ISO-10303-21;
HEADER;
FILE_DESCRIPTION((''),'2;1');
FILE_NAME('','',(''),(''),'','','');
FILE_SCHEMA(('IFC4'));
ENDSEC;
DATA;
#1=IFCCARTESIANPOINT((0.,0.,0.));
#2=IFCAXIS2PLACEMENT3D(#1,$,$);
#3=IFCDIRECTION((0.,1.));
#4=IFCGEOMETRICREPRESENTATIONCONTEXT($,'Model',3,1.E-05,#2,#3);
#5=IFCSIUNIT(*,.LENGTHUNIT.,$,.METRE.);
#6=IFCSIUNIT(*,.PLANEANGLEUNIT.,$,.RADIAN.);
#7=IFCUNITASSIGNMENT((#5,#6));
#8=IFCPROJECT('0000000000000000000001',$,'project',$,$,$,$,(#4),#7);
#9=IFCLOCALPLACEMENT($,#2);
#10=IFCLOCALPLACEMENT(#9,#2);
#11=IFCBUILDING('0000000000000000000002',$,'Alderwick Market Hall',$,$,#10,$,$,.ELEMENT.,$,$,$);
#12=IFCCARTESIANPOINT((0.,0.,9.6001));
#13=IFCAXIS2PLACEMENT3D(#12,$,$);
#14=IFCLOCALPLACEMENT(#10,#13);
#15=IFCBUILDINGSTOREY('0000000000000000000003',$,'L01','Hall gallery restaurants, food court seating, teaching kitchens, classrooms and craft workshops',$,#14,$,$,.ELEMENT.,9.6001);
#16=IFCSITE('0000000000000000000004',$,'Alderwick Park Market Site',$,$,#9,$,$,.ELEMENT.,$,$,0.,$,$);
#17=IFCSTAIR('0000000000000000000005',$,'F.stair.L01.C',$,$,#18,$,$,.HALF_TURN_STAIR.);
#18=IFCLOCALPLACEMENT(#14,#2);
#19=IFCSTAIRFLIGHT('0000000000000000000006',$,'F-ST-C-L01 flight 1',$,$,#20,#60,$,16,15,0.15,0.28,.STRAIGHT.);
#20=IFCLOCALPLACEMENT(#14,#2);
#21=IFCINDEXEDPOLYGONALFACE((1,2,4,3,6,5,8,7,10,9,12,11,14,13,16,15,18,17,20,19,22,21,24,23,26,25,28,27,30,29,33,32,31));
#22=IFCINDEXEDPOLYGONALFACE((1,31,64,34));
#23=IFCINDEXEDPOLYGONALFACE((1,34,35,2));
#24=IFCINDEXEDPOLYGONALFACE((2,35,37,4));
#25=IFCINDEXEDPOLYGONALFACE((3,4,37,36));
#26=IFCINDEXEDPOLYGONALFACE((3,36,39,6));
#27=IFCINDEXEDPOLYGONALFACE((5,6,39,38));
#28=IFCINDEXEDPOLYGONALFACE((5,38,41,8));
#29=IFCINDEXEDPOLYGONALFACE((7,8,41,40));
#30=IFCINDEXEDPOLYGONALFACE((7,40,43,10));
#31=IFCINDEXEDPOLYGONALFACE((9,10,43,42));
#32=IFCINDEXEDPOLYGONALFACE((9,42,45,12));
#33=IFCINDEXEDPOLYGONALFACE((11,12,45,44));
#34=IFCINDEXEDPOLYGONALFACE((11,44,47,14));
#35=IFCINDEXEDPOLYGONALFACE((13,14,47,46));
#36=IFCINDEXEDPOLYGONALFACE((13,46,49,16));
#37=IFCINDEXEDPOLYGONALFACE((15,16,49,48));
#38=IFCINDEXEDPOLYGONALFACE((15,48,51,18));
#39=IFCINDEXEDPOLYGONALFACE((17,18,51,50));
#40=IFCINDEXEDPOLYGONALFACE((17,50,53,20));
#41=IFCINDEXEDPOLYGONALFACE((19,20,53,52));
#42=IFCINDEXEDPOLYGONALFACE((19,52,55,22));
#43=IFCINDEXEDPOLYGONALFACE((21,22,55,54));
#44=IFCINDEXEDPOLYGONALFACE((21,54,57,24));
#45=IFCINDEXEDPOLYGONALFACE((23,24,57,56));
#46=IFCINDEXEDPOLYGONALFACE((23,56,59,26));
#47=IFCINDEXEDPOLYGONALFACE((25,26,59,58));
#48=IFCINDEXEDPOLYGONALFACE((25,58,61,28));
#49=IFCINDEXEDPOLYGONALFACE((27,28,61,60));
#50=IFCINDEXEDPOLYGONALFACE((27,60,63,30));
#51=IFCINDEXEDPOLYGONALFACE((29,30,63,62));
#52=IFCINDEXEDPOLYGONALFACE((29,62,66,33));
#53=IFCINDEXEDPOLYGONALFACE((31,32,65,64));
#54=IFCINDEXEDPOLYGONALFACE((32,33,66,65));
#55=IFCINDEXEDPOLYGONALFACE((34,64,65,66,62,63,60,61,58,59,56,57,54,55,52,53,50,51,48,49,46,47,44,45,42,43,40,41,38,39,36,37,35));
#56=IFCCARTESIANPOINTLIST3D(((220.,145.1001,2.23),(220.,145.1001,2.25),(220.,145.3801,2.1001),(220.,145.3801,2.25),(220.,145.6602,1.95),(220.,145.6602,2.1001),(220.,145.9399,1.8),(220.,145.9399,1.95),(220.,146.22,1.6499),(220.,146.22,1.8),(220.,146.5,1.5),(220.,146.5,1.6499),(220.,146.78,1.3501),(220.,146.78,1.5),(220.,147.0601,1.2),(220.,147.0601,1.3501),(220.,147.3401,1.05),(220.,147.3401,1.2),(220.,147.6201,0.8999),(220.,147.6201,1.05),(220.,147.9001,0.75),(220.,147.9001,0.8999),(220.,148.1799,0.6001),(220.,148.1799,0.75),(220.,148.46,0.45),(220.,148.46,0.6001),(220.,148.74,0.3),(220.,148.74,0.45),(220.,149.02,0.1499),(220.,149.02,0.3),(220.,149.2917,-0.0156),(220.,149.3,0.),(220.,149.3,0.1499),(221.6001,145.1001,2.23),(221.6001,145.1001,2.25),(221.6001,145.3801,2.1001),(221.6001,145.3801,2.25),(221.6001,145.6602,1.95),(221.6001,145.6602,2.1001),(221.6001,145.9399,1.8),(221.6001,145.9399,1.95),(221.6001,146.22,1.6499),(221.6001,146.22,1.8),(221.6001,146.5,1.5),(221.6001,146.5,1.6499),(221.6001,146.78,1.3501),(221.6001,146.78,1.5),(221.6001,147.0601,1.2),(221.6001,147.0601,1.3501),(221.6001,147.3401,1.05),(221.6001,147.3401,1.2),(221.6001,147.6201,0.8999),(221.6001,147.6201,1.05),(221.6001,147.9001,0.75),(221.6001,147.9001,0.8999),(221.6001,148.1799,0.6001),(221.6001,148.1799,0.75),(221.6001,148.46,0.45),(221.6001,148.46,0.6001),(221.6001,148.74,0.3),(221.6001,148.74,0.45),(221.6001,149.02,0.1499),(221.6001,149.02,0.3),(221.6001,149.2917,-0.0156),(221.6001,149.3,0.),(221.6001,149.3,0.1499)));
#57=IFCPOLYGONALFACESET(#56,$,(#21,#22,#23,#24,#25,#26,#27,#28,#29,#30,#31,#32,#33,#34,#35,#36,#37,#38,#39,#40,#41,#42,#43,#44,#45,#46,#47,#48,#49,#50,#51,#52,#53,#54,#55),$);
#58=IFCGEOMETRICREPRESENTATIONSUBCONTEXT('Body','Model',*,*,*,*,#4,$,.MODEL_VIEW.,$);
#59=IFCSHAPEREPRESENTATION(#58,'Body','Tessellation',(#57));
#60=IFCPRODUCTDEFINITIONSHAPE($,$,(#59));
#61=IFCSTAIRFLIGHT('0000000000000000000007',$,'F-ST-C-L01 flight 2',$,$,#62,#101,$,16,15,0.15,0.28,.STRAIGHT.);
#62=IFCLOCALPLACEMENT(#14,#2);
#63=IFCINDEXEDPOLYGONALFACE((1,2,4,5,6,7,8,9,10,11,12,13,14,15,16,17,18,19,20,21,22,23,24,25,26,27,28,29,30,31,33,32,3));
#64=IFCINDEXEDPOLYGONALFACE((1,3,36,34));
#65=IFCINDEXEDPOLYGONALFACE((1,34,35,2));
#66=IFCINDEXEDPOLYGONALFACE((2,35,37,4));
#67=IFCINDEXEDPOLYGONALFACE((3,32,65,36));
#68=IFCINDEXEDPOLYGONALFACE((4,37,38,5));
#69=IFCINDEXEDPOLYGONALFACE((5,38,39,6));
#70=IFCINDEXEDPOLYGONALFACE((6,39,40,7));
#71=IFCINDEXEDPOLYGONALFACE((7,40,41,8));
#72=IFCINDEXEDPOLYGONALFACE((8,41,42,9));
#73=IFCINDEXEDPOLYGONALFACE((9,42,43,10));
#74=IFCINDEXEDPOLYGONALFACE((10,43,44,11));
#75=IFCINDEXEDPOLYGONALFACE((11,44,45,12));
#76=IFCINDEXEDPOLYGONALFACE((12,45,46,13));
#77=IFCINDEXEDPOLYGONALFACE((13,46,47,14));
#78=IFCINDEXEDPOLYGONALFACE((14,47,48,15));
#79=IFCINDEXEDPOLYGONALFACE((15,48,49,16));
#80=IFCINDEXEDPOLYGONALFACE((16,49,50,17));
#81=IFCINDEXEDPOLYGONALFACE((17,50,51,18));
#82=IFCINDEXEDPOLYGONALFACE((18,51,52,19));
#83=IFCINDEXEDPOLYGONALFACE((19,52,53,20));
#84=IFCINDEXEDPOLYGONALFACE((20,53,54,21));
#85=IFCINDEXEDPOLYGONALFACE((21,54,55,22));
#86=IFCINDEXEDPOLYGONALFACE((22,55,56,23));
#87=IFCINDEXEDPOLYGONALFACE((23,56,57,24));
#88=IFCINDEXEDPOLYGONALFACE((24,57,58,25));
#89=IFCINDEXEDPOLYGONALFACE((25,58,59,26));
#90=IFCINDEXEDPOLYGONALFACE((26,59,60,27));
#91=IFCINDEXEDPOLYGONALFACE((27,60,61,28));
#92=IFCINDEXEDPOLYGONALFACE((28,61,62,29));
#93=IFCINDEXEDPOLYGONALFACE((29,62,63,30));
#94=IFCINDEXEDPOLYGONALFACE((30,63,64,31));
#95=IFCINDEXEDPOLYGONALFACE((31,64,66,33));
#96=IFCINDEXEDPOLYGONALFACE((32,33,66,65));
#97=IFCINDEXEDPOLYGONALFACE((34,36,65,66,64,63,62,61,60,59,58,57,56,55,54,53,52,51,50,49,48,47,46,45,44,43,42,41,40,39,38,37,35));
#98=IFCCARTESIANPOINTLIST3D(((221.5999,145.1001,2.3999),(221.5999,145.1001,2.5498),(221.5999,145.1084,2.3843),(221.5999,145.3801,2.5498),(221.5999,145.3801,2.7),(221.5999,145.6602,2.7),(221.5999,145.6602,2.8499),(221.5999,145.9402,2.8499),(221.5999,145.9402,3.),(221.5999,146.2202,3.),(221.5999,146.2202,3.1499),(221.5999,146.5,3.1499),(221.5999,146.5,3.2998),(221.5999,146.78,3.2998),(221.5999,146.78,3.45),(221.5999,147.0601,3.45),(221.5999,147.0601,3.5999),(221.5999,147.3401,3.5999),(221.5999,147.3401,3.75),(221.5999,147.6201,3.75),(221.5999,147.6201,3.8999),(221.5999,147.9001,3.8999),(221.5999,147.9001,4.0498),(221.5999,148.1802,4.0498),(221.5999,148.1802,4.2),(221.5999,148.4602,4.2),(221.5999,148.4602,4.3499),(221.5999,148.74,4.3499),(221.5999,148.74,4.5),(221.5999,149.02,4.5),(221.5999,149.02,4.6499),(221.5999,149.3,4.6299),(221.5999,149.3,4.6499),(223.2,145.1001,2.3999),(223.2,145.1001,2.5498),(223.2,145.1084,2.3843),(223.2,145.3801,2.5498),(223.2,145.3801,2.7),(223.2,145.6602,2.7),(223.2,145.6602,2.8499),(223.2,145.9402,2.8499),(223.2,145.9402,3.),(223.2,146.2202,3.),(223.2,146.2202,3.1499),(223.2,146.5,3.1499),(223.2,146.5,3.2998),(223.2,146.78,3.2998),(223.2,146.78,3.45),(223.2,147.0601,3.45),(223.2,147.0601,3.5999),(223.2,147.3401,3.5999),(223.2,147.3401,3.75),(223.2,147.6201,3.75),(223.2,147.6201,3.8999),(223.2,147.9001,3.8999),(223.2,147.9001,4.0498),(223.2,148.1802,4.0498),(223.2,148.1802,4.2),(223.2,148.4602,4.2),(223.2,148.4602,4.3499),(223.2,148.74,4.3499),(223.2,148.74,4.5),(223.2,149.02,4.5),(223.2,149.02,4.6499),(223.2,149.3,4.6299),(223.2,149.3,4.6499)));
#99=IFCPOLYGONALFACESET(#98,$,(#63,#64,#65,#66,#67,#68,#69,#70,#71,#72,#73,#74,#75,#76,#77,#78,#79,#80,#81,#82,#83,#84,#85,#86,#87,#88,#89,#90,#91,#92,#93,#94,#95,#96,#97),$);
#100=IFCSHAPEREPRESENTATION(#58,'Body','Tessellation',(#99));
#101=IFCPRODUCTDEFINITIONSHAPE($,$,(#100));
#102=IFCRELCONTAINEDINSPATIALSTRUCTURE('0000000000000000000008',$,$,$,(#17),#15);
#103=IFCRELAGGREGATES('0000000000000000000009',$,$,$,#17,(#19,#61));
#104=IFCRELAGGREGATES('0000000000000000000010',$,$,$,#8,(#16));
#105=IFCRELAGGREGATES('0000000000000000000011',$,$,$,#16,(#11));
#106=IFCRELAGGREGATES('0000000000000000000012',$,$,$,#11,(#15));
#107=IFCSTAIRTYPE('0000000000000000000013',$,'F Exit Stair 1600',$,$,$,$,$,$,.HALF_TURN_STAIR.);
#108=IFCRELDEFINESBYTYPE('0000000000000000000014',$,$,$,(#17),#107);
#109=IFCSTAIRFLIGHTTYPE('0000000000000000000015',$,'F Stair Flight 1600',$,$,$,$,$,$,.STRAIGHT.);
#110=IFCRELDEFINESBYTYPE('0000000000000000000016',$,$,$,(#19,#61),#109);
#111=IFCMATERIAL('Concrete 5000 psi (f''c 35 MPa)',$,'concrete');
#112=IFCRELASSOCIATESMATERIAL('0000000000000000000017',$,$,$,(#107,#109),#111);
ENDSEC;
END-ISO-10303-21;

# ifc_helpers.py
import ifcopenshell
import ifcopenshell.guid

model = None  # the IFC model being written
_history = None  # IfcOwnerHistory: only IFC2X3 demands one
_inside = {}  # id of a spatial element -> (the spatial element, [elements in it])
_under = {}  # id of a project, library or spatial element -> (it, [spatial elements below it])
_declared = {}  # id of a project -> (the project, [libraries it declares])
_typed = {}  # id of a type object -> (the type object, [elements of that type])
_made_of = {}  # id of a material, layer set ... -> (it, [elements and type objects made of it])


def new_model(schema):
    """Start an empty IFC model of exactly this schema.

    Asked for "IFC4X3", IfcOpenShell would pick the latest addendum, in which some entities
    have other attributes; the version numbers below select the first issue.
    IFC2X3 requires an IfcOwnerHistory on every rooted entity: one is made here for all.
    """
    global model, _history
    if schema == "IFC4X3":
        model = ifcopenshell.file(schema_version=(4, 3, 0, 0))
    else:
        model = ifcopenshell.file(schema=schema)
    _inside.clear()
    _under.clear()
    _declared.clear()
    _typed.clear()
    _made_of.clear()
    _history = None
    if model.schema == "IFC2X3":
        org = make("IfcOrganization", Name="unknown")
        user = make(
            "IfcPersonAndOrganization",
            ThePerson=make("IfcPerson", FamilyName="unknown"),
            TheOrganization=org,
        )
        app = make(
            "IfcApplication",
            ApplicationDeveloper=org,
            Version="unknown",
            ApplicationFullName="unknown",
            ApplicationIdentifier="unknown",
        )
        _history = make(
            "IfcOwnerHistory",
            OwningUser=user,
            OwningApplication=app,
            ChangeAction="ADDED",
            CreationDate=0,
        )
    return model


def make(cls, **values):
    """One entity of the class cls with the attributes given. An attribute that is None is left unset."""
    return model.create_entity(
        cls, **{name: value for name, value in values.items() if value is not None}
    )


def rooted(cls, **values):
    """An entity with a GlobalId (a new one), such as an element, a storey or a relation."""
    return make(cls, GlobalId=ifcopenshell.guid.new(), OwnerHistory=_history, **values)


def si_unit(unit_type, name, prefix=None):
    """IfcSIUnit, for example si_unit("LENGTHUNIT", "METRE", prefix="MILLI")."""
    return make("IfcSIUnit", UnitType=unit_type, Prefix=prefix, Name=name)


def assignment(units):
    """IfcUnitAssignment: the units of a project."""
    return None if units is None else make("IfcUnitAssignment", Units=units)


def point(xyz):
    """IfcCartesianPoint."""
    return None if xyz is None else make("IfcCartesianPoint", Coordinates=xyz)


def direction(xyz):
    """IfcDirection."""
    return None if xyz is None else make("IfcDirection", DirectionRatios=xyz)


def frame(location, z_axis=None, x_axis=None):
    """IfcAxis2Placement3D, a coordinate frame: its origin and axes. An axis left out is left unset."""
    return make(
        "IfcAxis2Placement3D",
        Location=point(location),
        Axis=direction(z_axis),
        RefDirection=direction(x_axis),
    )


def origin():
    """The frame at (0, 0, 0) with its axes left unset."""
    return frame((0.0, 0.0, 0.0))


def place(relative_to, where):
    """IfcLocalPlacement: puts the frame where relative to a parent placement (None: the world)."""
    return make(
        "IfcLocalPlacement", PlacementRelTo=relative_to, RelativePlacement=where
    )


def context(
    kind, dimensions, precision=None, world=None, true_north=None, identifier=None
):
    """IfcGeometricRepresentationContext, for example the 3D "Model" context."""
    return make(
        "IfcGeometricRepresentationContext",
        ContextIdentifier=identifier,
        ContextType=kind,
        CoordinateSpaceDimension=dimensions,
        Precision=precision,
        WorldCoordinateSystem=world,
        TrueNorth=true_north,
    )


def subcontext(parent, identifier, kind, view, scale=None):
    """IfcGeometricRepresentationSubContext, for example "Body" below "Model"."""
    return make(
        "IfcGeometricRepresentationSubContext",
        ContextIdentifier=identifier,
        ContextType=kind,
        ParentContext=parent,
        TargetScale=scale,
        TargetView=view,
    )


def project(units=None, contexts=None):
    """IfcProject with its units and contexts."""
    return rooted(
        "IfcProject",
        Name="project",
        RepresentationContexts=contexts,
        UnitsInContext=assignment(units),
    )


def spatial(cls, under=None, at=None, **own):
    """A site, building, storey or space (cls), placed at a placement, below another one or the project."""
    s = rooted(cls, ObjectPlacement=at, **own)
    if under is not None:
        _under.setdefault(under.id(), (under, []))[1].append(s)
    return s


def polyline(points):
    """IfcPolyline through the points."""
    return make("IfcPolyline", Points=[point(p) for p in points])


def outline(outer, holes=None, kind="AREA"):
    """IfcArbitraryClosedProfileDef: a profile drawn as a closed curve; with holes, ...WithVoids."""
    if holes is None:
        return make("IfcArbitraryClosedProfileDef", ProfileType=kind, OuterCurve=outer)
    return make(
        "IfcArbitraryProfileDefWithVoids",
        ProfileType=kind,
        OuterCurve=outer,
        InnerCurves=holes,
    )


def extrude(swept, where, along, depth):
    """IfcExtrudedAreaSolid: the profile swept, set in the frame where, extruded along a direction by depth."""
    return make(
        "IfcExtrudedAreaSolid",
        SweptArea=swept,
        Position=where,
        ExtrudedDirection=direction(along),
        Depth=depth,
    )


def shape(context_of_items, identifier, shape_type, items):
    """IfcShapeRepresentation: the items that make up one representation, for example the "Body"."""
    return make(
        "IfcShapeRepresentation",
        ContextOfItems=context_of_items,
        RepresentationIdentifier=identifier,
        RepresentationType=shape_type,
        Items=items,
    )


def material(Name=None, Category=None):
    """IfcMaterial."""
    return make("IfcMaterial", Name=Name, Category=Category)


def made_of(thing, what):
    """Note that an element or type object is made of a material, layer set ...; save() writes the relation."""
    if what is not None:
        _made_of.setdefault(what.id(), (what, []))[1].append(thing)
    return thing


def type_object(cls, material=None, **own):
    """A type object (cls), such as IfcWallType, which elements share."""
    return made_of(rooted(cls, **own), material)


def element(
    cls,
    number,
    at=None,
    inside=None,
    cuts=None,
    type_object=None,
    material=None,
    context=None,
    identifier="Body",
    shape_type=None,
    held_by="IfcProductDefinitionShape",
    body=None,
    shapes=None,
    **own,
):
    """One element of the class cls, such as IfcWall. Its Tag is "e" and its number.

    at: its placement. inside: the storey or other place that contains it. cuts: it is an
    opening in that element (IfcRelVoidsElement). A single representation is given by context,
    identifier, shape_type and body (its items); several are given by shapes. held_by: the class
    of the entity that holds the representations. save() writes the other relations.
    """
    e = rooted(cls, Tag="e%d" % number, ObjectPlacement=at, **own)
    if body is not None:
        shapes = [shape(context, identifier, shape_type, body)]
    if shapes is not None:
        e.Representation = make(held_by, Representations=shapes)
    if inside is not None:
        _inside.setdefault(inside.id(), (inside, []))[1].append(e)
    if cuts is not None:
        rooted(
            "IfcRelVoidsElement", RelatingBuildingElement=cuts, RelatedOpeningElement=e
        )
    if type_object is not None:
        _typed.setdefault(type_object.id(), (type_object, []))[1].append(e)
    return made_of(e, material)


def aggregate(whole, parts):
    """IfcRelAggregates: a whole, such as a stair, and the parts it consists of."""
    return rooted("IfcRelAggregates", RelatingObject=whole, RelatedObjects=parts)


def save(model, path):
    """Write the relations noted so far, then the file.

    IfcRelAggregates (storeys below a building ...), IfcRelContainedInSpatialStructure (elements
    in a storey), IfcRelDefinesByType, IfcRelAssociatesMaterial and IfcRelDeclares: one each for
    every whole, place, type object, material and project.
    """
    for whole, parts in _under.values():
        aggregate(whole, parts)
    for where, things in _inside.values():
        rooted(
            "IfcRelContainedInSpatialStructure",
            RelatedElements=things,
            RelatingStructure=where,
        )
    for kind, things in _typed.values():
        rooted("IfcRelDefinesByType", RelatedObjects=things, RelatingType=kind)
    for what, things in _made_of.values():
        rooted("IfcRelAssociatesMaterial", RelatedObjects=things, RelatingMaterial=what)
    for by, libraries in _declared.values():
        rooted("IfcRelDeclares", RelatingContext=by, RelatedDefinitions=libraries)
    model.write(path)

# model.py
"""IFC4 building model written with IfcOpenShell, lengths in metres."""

from ifc_helpers import new_model, si_unit, direction, frame, origin, place, context, subcontext, project, spatial, polyline, outline, extrude, material, type_object, element, aggregate, save


model = new_model("IFC4")

# Units and contexts
model_context = context("Model", 3, precision=1e-05, world=origin(), true_north=direction((0.0, 1.0)))
body_context = subcontext(model_context, "Body", "Model", "MODEL_VIEW")
ifc_project = project(units=[si_unit("LENGTHUNIT", "METRE"), si_unit("PLANEANGLEUNIT", "RADIAN")], contexts=[model_context])

# Site, building, storey
site_placement = place(None, origin())
site = spatial("IfcSite", under=ifc_project, at=site_placement, Name="Alderwick Park Market Site", CompositionType="ELEMENT", RefElevation=0.0)
building_placement = place(site_placement, origin())
building = spatial("IfcBuilding", under=site, at=building_placement, Name="Alderwick Market Hall", CompositionType="ELEMENT")
storey_placement = place(building_placement, frame((0.0, 0.0, 9.6001)))
storey = spatial("IfcBuildingStorey", under=building, at=storey_placement, Name="L01", Description="Hall gallery restaurants, food court seating, teaching kitchens, classrooms and craft workshops", CompositionType="ELEMENT", Elevation=9.6001)

# Shared definitions
ifc_material_1 = material(Name="Concrete 5000 psi (f'c 35 MPa)", Category="concrete")

# Stair, stair flights
stair_type = type_object("IfcStairType", Name="F Exit Stair 1600", PredefinedType="HALF_TURN_STAIR", material=ifc_material_1)
stair_placement = place(storey_placement, origin())
stair = element("IfcStair", 1, at=stair_placement, inside=storey, type_object=stair_type, Name="F.stair.L01.C", PredefinedType="HALF_TURN_STAIR")
stair_flight_type = type_object("IfcStairFlightType", Name="F Stair Flight 1600", PredefinedType="STRAIGHT", material=ifc_material_1)
stair_flight_1_placement = place(storey_placement, frame((220.8, 149.3, 0.0), z_axis=(0.0, 0.0, 1.0), x_axis=(0.0, -1.0, 0.0)))
stair_flight_1 = element("IfcStairFlight", 2, at=stair_flight_1_placement, type_object=stair_flight_type, Name="F-ST-C-L01 flight 1", NumberOfRisers=16, NumberOfTreads=15, PredefinedType="STRAIGHT", RiserHeight=0.15, TreadLength=0.28, context=body_context, shape_type="SweptSolid", body=[
    extrude(outline(polyline([(0.0083, -0.0156), (0.0, 0.0), (0.0, 0.1499), (0.28, 0.1499), (0.28, 0.3), (0.5601, 0.3), (0.5601, 0.45), (0.8401, 0.45), (0.8401, 0.6001), (1.1201, 0.6001), (1.1201, 0.75), (1.3999, 0.75), (1.3999, 0.8999), (1.6799, 0.8999), (1.6799, 1.05), (1.96, 1.05), (1.96, 1.2), (2.24, 1.2), (2.24, 1.3501), (2.52, 1.3501), (2.52, 1.5), (2.8, 1.5), (2.8, 1.6499), (3.0801, 1.6499), (3.0801, 1.8), (3.3601, 1.8), (3.3601, 1.95), (3.6399, 1.95), (3.6399, 2.1001), (3.9199, 2.1001), (3.9199, 2.25), (4.2, 2.25), (4.2, 2.23), (0.0083, -0.0156)])), frame((0.0, 0.8, 0.0), z_axis=(0.0, -1.0, 0.0), x_axis=(1.0, 0.0, 0.0)), (0.0, 0.0, 1.0), 1.6001),
])
stair_flight_2_placement = place(storey_placement, frame((222.3999, 145.1001, 2.3999), z_axis=(0.0, 0.0, 1.0), x_axis=(0.0, 1.0, 0.0)))
stair_flight_2 = element("IfcStairFlight", 3, at=stair_flight_2_placement, type_object=stair_flight_type, Name="F-ST-C-L01 flight 2", NumberOfRisers=16, NumberOfTreads=15, PredefinedType="STRAIGHT", RiserHeight=0.15, TreadLength=0.28, context=body_context, shape_type="SweptSolid", body=[
    extrude(outline(polyline([(0.0083, -0.0156), (0.0, 0.0), (0.0, 0.1499), (0.28, 0.1499), (0.28, 0.3), (0.5601, 0.3), (0.5601, 0.45), (0.8401, 0.45), (0.8401, 0.6001), (1.1201, 0.6001), (1.1201, 0.75), (1.3999, 0.75), (1.3999, 0.8999), (1.6799, 0.8999), (1.6799, 1.05), (1.96, 1.05), (1.96, 1.2), (2.24, 1.2), (2.24, 1.3501), (2.52, 1.3501), (2.52, 1.5), (2.8, 1.5), (2.8, 1.6499), (3.0801, 1.6499), (3.0801, 1.8), (3.3601, 1.8), (3.3601, 1.95), (3.6399, 1.95), (3.6399, 2.1001), (3.9199, 2.1001), (3.9199, 2.25), (4.2, 2.25), (4.2, 2.23), (0.0083, -0.0156)])), frame((0.0, 0.8, 0.0), z_axis=(0.0, -1.0, 0.0), x_axis=(1.0, 0.0, 0.0)), (0.0, 0.0, 1.0), 1.6001),
])
aggregate(stair, [stair_flight_1, stair_flight_2])

save(model, "model.ifc")
